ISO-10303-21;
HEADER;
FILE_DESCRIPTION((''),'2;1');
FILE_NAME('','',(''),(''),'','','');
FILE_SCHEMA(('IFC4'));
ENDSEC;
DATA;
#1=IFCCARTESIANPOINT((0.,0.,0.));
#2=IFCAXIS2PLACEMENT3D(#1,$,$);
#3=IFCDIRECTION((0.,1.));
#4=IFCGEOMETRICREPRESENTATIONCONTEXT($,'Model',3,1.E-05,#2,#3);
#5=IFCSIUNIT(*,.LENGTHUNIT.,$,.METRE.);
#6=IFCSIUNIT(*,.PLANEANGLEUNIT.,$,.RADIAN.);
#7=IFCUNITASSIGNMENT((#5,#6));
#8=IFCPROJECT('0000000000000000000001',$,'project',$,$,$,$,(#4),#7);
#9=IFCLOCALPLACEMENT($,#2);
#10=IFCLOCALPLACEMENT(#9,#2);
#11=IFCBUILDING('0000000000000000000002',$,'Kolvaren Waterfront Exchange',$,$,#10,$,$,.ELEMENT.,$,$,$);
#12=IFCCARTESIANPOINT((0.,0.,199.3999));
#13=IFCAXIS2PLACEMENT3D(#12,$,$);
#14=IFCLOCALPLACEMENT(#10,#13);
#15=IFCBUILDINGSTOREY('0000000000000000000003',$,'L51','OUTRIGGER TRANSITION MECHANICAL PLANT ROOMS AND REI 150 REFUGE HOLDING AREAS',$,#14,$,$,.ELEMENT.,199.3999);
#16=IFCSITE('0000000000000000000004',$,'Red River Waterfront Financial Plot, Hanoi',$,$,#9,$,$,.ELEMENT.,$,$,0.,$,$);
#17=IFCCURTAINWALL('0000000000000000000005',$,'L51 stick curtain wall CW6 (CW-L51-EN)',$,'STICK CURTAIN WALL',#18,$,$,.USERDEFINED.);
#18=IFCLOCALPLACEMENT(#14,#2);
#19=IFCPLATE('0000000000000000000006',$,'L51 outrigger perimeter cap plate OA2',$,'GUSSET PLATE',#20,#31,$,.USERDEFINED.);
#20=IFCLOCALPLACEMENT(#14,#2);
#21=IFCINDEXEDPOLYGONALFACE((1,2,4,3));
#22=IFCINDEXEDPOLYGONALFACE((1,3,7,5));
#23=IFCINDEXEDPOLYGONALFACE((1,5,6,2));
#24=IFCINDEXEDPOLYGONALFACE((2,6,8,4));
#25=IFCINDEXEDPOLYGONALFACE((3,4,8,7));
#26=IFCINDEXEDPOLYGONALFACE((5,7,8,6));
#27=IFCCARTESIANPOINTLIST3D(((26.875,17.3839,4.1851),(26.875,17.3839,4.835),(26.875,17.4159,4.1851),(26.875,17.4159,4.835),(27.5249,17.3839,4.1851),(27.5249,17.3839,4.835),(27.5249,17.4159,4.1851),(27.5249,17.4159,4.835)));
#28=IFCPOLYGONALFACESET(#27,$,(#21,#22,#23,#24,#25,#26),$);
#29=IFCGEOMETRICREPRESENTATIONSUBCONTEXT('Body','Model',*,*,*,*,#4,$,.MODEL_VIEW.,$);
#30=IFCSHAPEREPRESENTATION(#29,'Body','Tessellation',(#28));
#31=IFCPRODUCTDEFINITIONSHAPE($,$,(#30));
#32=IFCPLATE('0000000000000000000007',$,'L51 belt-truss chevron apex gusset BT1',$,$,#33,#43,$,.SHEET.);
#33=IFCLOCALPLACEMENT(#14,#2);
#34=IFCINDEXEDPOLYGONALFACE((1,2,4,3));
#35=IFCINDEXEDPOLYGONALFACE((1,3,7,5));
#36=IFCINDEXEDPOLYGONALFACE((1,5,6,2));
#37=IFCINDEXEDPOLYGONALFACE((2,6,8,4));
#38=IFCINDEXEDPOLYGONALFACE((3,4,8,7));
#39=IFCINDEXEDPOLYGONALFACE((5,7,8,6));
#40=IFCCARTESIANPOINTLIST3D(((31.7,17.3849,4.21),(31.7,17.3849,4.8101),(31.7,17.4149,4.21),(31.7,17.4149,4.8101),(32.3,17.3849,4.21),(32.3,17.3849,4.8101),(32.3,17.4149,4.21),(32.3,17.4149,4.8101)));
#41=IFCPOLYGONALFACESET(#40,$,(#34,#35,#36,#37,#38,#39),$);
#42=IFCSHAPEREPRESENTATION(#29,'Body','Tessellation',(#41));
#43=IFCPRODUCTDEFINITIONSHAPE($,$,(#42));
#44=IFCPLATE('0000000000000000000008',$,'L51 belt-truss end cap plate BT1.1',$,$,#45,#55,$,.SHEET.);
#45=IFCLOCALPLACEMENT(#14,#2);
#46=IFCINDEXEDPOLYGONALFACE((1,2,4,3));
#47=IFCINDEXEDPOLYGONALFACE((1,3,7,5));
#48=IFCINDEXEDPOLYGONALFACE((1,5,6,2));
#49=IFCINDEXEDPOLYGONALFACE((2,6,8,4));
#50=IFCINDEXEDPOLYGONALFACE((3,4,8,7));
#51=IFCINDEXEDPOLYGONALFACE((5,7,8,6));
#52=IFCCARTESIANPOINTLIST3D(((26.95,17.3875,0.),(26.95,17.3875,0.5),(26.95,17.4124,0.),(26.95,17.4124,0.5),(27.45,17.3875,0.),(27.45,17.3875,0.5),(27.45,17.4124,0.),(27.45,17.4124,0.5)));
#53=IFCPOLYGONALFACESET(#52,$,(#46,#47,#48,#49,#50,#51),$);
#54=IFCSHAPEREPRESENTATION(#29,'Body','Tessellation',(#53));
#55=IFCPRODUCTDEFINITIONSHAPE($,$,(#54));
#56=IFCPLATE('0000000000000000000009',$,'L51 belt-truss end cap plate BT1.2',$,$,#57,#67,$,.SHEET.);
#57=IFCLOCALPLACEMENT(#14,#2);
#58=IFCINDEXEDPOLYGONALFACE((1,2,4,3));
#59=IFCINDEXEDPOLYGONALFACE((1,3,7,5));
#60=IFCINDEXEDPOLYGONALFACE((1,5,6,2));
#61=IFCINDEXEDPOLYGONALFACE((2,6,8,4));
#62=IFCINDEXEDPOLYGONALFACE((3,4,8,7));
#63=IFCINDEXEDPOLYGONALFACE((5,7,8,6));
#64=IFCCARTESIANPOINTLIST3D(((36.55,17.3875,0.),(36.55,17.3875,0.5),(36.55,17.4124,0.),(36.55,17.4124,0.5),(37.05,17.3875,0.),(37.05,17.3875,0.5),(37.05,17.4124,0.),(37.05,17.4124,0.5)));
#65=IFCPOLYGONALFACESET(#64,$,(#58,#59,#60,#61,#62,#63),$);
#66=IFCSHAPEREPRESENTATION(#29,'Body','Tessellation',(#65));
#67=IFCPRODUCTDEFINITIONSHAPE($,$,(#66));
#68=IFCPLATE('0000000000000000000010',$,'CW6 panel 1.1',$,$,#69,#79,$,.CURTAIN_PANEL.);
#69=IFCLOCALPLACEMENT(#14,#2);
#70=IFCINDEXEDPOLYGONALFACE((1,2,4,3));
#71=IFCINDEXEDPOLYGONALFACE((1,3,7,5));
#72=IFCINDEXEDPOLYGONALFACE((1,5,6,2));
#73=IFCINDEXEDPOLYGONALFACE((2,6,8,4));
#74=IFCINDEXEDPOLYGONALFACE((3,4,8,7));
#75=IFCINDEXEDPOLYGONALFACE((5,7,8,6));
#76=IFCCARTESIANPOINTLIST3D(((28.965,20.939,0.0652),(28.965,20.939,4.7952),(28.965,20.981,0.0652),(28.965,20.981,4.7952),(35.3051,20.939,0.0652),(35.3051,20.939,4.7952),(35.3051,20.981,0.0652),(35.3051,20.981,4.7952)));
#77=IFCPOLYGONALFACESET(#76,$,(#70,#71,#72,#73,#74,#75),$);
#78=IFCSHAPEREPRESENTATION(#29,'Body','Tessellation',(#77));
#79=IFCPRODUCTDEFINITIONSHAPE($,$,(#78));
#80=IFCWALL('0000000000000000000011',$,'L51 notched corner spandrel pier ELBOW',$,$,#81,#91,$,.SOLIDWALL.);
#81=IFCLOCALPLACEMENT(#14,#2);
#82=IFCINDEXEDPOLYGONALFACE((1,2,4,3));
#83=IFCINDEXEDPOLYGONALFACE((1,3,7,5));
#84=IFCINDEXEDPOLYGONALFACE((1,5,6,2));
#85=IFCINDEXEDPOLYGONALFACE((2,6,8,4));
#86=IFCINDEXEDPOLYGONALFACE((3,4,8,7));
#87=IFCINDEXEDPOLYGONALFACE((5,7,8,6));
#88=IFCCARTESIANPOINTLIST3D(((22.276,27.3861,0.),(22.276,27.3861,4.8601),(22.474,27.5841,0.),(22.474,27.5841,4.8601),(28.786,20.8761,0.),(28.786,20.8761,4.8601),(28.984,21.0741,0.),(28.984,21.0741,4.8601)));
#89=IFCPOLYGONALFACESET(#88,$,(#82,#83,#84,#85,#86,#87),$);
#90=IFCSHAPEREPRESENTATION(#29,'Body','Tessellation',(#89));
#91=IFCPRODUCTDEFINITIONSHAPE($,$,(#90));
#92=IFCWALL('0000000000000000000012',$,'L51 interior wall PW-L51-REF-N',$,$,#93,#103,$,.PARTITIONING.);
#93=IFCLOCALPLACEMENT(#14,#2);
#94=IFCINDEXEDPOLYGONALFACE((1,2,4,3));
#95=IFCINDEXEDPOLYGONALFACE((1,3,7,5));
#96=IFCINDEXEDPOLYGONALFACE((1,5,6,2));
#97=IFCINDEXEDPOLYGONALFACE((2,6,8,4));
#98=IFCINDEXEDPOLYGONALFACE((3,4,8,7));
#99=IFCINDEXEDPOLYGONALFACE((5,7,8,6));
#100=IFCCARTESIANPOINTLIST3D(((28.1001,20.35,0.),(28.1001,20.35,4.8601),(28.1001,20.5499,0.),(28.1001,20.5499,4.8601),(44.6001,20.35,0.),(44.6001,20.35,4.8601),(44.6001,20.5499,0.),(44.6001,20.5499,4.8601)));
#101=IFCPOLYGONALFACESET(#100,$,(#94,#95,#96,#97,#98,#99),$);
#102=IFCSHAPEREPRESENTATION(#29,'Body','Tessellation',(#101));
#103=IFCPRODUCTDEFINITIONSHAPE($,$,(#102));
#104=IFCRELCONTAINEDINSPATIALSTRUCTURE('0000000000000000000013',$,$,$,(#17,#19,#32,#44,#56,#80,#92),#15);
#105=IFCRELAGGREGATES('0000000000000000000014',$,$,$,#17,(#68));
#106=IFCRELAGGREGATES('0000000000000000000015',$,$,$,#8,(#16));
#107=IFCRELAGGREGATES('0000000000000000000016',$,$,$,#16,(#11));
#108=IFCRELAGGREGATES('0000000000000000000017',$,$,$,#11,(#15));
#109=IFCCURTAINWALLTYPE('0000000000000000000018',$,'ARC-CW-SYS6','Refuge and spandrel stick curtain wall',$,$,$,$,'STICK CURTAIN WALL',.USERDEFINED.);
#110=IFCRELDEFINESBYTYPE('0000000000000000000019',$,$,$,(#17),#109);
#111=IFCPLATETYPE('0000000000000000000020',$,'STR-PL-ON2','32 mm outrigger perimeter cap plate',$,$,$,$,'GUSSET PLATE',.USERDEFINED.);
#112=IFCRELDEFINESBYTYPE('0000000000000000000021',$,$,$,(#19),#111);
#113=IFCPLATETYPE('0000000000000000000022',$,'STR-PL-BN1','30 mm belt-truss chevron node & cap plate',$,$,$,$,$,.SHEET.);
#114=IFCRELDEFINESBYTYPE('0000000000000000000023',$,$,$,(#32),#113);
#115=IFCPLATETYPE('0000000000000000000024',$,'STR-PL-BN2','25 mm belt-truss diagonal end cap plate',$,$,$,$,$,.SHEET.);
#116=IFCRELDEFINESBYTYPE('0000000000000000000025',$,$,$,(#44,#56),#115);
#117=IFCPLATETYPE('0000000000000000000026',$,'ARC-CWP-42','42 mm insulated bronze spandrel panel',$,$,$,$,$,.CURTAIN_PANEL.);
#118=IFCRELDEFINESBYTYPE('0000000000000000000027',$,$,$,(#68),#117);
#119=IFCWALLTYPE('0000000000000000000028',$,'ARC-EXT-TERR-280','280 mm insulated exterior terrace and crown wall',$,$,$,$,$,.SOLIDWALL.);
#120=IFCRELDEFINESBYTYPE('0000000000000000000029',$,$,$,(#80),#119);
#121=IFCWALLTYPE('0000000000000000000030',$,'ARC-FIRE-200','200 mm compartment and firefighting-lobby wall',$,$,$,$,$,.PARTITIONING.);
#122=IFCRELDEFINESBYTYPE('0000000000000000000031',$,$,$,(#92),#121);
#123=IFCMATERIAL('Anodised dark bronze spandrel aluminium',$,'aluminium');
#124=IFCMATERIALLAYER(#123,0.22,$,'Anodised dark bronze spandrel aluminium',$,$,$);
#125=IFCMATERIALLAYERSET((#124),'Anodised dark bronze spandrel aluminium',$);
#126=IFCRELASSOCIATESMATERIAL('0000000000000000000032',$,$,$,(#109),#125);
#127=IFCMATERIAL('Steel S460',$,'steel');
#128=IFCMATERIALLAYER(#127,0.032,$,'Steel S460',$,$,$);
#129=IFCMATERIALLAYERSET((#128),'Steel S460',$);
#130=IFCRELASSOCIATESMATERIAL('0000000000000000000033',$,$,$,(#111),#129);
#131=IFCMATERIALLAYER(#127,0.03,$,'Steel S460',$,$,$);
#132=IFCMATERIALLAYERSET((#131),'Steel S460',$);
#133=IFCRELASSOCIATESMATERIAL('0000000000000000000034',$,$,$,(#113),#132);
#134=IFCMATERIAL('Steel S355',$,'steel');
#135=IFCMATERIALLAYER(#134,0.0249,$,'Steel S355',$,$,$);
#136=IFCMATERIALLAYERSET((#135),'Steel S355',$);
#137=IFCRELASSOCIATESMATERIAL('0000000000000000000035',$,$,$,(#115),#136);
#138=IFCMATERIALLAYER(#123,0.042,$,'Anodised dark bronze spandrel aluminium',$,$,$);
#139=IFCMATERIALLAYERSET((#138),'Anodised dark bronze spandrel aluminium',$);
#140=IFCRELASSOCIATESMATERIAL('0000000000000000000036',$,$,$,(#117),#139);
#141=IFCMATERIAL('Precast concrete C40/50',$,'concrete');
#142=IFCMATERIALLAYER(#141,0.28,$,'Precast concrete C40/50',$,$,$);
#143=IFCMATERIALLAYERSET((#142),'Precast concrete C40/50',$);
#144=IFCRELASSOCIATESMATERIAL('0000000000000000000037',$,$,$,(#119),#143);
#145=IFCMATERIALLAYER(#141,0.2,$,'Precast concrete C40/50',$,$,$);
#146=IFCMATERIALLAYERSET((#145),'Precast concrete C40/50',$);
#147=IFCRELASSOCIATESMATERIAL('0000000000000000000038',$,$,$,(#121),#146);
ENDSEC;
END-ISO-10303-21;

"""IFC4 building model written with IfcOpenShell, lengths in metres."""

from ifc_helpers import new_model, si_unit, direction, frame, frame_2d, origin, origin_with_axes, origin_2d, place, context, subcontext, project, spatial, rectangle, extrude, source, transform, mapped, material, layer, layer_set, type_object, element, aggregate, save


model = new_model("IFC4")

# Units and contexts
model_context = context("Model", 3, precision=1e-05, world=origin(), true_north=direction((0.0, 1.0)))
body_context = subcontext(model_context, "Body", "Model", "MODEL_VIEW")
ifc_project = project(units=[si_unit("LENGTHUNIT", "METRE"), si_unit("PLANEANGLEUNIT", "RADIAN")], contexts=[model_context])

# Site, building, storey
site_placement = place(None, origin())
site = spatial("IfcSite", under=ifc_project, at=site_placement, Name="Red River Waterfront Financial Plot, Hanoi", CompositionType="ELEMENT", RefElevation=0.0)
building_placement = place(site_placement, origin())
building = spatial("IfcBuilding", under=site, at=building_placement, Name="Kolvaren Waterfront Exchange", CompositionType="ELEMENT")
storey_placement = place(building_placement, frame((0.0, 0.0, 199.3999)))
storey = spatial("IfcBuildingStorey", under=building, at=storey_placement, Name="L51", Description="OUTRIGGER TRANSITION MECHANICAL PLANT ROOMS AND REI 150 REFUGE HOLDING AREAS", CompositionType="ELEMENT", Elevation=199.3999)

# Shared definitions
ifc_material_1 = material(Name="Steel S355", Category="steel")

# Shared definitions
ifc_material_2 = material(Name="Steel S460", Category="steel")

# Curtain wall
ifc_material_3 = material(Name="Anodised dark bronze spandrel aluminium", Category="aluminium")
ifc_layer_1 = layer(ifc_material_3, 0.22, Name="Anodised dark bronze spandrel aluminium")
ifc_layer_set_1 = layer_set([ifc_layer_1], Name="Anodised dark bronze spandrel aluminium")
curtain_wall_type = type_object("IfcCurtainWallType", Name="ARC-CW-SYS6", Description="Refuge and spandrel stick curtain wall", ElementType="STICK CURTAIN WALL", PredefinedType="USERDEFINED", material=ifc_layer_set_1)
curtain_wall_placement = place(storey_placement, origin())
curtain_wall = element("IfcCurtainWall", 1, at=curtain_wall_placement, inside=storey, type_object=curtain_wall_type, Name="L51 stick curtain wall CW6 (CW-L51-EN)", ObjectType="STICK CURTAIN WALL", PredefinedType="USERDEFINED")

# Plates
ifc_layer_2 = layer(ifc_material_2, 0.032, Name="Steel S460")
ifc_layer_set_2 = layer_set([ifc_layer_2], Name="Steel S460")
plate_type_1 = type_object("IfcPlateType", Name="STR-PL-ON2", Description="32 mm outrigger perimeter cap plate", ElementType="GUSSET PLATE", PredefinedType="USERDEFINED", material=ifc_layer_set_2)
shared_shape_1 = source(origin_with_axes(), body_context, "Body", "SweptSolid", [
    extrude(rectangle(XDim=0.6499, YDim=0.032, at=origin_2d()), origin(), (0.0, 0.0, 1.0), 0.6499),
])
plate_1_placement = place(storey_placement, frame((27.2, 17.3999, 4.1851), z_axis=(0.0, 0.0, 1.0), x_axis=(1.0, 0.0, 0.0)))
element("IfcPlate", 2, at=plate_1_placement, inside=storey, type_object=plate_type_1, Name="L51 outrigger perimeter cap plate OA2", ObjectType="GUSSET PLATE", PredefinedType="USERDEFINED", context=body_context, shape_type="MappedRepresentation", body=[
    mapped(shared_shape_1, transform((0.0, 0.0, 0.0), x_axis=(1.0, 0.0, 0.0), y_axis=(0.0, 1.0, 0.0), z_axis=(0.0, 0.0, 1.0), scale=1.0)),
])
ifc_layer_3 = layer(ifc_material_2, 0.03, Name="Steel S460")
ifc_layer_set_3 = layer_set([ifc_layer_3], Name="Steel S460")
plate_type_2 = type_object("IfcPlateType", Name="STR-PL-BN1", Description="30 mm belt-truss chevron node & cap plate", PredefinedType="SHEET", material=ifc_layer_set_3)
shared_shape_2 = source(origin_with_axes(), body_context, "Body", "SweptSolid", [
    extrude(rectangle(XDim=0.6001, YDim=0.03, at=origin_2d()), origin(), (0.0, 0.0, 1.0), 0.6001),
])
plate_2_placement = place(storey_placement, frame((32.0, 17.3999, 4.21), z_axis=(0.0, 0.0, 1.0), x_axis=(1.0, 0.0, 0.0)))
element("IfcPlate", 3, at=plate_2_placement, inside=storey, type_object=plate_type_2, Name="L51 belt-truss chevron apex gusset BT1", PredefinedType="SHEET", context=body_context, shape_type="MappedRepresentation", body=[
    mapped(shared_shape_2, transform((0.0, 0.0, 0.0), x_axis=(1.0, 0.0, 0.0), y_axis=(0.0, 1.0, 0.0), z_axis=(0.0, 0.0, 1.0), scale=1.0)),
])
ifc_layer_4 = layer(ifc_material_1, 0.0249, Name="Steel S355")
ifc_layer_set_4 = layer_set([ifc_layer_4], Name="Steel S355")
plate_type_3 = type_object("IfcPlateType", Name="STR-PL-BN2", Description="25 mm belt-truss diagonal end cap plate", PredefinedType="SHEET", material=ifc_layer_set_4)
shared_shape_3 = source(origin_with_axes(), body_context, "Body", "SweptSolid", [
    extrude(rectangle(XDim=0.5, YDim=0.0249, at=origin_2d()), origin(), (0.0, 0.0, 1.0), 0.5),
])
for number, where, z_axis, x_axis, name in (
    (4, (27.2, 17.3999, 0.0), (0.0, 0.0, 1.0), (1.0, 0.0, 0.0), "L51 belt-truss end cap plate BT1.1"),
    (5, (36.8, 17.3999, 0.0), (0.0, 0.0, 1.0), (1.0, 0.0, 0.0), "L51 belt-truss end cap plate BT1.2"),
):
    element("IfcPlate", number, at=place(storey_placement, frame(where, z_axis=z_axis, x_axis=x_axis)), inside=storey, type_object=plate_type_3, Name=name, PredefinedType="SHEET", context=body_context, shape_type="MappedRepresentation", body=[
        mapped(shared_shape_3, transform((0.0, 0.0, 0.0), x_axis=(1.0, 0.0, 0.0), y_axis=(0.0, 1.0, 0.0), z_axis=(0.0, 0.0, 1.0), scale=1.0)),
    ])

# Plate
ifc_layer_5 = layer(ifc_material_3, 0.042, Name="Anodised dark bronze spandrel aluminium")
ifc_layer_set_5 = layer_set([ifc_layer_5], Name="Anodised dark bronze spandrel aluminium")
plate_type_4 = type_object("IfcPlateType", Name="ARC-CWP-42", Description="42 mm insulated bronze spandrel panel", PredefinedType="CURTAIN_PANEL", material=ifc_layer_set_5)
shared_shape_4 = source(origin_with_axes(), body_context, "Body", "SweptSolid", [
    extrude(rectangle(XDim=6.3401, YDim=0.042, at=origin_2d()), origin(), (0.0, 0.0, 1.0), 4.73),
])
plate_3_placement = place(storey_placement, frame((32.135, 20.96, 0.0652), z_axis=(0.0, 0.0, 1.0), x_axis=(1.0, 0.0, 0.0)))
plate_3 = element("IfcPlate", 6, at=plate_3_placement, type_object=plate_type_4, Name="CW6 panel 1.1", PredefinedType="CURTAIN_PANEL", context=body_context, shape_type="MappedRepresentation", body=[
    mapped(shared_shape_4, transform((0.0, 0.0, 0.0), x_axis=(1.0, 0.0, 0.0), y_axis=(0.0, 1.0, 0.0), z_axis=(0.0, 0.0, 1.0), scale=1.0)),
])
aggregate(curtain_wall, [plate_3])

# Walls
ifc_material_4 = material(Name="Precast concrete C40/50", Category="concrete")
ifc_layer_6 = layer(ifc_material_4, 0.28, Name="Precast concrete C40/50")
ifc_layer_set_6 = layer_set([ifc_layer_6], Name="Precast concrete C40/50")
wall_type_1 = type_object("IfcWallType", Name="ARC-EXT-TERR-280", Description="280 mm insulated exterior terrace and crown wall", PredefinedType="SOLIDWALL", material=ifc_layer_set_6)
wall_1_placement = place(storey_placement, frame((28.885, 20.9751, 0.0), z_axis=(0.0, 0.0, 1.0), x_axis=(-0.707107, 0.707107, 0.0)))
element("IfcWall", 7, at=wall_1_placement, inside=storey, type_object=wall_type_1, Name="L51 notched corner spandrel pier ELBOW", PredefinedType="SOLIDWALL", context=body_context, shape_type="SweptSolid", body=[
    extrude(rectangle(XDim=9.2065, YDim=0.28, at=frame_2d((4.6033, 0.0))), origin(), (0.0, 0.0, 1.0), 4.8601),
])
ifc_layer_7 = layer(ifc_material_4, 0.2, Name="Precast concrete C40/50")
ifc_layer_set_7 = layer_set([ifc_layer_7], Name="Precast concrete C40/50")
wall_type_2 = type_object("IfcWallType", Name="ARC-FIRE-200", Description="200 mm compartment and firefighting-lobby wall", PredefinedType="PARTITIONING", material=ifc_layer_set_7)
wall_2_placement = place(storey_placement, frame((28.1001, 20.45, 0.0), z_axis=(0.0, 0.0, 1.0), x_axis=(1.0, 0.0, 0.0)))
element("IfcWall", 8, at=wall_2_placement, inside=storey, type_object=wall_type_2, Name="L51 interior wall PW-L51-REF-N", PredefinedType="PARTITIONING", context=body_context, shape_type="SweptSolid", body=[
    extrude(rectangle(XDim=16.5, YDim=0.2, at=frame_2d((8.25, 0.0))), origin(), (0.0, 0.0, 1.0), 4.8601),
])

save(model, "model.ifc")
